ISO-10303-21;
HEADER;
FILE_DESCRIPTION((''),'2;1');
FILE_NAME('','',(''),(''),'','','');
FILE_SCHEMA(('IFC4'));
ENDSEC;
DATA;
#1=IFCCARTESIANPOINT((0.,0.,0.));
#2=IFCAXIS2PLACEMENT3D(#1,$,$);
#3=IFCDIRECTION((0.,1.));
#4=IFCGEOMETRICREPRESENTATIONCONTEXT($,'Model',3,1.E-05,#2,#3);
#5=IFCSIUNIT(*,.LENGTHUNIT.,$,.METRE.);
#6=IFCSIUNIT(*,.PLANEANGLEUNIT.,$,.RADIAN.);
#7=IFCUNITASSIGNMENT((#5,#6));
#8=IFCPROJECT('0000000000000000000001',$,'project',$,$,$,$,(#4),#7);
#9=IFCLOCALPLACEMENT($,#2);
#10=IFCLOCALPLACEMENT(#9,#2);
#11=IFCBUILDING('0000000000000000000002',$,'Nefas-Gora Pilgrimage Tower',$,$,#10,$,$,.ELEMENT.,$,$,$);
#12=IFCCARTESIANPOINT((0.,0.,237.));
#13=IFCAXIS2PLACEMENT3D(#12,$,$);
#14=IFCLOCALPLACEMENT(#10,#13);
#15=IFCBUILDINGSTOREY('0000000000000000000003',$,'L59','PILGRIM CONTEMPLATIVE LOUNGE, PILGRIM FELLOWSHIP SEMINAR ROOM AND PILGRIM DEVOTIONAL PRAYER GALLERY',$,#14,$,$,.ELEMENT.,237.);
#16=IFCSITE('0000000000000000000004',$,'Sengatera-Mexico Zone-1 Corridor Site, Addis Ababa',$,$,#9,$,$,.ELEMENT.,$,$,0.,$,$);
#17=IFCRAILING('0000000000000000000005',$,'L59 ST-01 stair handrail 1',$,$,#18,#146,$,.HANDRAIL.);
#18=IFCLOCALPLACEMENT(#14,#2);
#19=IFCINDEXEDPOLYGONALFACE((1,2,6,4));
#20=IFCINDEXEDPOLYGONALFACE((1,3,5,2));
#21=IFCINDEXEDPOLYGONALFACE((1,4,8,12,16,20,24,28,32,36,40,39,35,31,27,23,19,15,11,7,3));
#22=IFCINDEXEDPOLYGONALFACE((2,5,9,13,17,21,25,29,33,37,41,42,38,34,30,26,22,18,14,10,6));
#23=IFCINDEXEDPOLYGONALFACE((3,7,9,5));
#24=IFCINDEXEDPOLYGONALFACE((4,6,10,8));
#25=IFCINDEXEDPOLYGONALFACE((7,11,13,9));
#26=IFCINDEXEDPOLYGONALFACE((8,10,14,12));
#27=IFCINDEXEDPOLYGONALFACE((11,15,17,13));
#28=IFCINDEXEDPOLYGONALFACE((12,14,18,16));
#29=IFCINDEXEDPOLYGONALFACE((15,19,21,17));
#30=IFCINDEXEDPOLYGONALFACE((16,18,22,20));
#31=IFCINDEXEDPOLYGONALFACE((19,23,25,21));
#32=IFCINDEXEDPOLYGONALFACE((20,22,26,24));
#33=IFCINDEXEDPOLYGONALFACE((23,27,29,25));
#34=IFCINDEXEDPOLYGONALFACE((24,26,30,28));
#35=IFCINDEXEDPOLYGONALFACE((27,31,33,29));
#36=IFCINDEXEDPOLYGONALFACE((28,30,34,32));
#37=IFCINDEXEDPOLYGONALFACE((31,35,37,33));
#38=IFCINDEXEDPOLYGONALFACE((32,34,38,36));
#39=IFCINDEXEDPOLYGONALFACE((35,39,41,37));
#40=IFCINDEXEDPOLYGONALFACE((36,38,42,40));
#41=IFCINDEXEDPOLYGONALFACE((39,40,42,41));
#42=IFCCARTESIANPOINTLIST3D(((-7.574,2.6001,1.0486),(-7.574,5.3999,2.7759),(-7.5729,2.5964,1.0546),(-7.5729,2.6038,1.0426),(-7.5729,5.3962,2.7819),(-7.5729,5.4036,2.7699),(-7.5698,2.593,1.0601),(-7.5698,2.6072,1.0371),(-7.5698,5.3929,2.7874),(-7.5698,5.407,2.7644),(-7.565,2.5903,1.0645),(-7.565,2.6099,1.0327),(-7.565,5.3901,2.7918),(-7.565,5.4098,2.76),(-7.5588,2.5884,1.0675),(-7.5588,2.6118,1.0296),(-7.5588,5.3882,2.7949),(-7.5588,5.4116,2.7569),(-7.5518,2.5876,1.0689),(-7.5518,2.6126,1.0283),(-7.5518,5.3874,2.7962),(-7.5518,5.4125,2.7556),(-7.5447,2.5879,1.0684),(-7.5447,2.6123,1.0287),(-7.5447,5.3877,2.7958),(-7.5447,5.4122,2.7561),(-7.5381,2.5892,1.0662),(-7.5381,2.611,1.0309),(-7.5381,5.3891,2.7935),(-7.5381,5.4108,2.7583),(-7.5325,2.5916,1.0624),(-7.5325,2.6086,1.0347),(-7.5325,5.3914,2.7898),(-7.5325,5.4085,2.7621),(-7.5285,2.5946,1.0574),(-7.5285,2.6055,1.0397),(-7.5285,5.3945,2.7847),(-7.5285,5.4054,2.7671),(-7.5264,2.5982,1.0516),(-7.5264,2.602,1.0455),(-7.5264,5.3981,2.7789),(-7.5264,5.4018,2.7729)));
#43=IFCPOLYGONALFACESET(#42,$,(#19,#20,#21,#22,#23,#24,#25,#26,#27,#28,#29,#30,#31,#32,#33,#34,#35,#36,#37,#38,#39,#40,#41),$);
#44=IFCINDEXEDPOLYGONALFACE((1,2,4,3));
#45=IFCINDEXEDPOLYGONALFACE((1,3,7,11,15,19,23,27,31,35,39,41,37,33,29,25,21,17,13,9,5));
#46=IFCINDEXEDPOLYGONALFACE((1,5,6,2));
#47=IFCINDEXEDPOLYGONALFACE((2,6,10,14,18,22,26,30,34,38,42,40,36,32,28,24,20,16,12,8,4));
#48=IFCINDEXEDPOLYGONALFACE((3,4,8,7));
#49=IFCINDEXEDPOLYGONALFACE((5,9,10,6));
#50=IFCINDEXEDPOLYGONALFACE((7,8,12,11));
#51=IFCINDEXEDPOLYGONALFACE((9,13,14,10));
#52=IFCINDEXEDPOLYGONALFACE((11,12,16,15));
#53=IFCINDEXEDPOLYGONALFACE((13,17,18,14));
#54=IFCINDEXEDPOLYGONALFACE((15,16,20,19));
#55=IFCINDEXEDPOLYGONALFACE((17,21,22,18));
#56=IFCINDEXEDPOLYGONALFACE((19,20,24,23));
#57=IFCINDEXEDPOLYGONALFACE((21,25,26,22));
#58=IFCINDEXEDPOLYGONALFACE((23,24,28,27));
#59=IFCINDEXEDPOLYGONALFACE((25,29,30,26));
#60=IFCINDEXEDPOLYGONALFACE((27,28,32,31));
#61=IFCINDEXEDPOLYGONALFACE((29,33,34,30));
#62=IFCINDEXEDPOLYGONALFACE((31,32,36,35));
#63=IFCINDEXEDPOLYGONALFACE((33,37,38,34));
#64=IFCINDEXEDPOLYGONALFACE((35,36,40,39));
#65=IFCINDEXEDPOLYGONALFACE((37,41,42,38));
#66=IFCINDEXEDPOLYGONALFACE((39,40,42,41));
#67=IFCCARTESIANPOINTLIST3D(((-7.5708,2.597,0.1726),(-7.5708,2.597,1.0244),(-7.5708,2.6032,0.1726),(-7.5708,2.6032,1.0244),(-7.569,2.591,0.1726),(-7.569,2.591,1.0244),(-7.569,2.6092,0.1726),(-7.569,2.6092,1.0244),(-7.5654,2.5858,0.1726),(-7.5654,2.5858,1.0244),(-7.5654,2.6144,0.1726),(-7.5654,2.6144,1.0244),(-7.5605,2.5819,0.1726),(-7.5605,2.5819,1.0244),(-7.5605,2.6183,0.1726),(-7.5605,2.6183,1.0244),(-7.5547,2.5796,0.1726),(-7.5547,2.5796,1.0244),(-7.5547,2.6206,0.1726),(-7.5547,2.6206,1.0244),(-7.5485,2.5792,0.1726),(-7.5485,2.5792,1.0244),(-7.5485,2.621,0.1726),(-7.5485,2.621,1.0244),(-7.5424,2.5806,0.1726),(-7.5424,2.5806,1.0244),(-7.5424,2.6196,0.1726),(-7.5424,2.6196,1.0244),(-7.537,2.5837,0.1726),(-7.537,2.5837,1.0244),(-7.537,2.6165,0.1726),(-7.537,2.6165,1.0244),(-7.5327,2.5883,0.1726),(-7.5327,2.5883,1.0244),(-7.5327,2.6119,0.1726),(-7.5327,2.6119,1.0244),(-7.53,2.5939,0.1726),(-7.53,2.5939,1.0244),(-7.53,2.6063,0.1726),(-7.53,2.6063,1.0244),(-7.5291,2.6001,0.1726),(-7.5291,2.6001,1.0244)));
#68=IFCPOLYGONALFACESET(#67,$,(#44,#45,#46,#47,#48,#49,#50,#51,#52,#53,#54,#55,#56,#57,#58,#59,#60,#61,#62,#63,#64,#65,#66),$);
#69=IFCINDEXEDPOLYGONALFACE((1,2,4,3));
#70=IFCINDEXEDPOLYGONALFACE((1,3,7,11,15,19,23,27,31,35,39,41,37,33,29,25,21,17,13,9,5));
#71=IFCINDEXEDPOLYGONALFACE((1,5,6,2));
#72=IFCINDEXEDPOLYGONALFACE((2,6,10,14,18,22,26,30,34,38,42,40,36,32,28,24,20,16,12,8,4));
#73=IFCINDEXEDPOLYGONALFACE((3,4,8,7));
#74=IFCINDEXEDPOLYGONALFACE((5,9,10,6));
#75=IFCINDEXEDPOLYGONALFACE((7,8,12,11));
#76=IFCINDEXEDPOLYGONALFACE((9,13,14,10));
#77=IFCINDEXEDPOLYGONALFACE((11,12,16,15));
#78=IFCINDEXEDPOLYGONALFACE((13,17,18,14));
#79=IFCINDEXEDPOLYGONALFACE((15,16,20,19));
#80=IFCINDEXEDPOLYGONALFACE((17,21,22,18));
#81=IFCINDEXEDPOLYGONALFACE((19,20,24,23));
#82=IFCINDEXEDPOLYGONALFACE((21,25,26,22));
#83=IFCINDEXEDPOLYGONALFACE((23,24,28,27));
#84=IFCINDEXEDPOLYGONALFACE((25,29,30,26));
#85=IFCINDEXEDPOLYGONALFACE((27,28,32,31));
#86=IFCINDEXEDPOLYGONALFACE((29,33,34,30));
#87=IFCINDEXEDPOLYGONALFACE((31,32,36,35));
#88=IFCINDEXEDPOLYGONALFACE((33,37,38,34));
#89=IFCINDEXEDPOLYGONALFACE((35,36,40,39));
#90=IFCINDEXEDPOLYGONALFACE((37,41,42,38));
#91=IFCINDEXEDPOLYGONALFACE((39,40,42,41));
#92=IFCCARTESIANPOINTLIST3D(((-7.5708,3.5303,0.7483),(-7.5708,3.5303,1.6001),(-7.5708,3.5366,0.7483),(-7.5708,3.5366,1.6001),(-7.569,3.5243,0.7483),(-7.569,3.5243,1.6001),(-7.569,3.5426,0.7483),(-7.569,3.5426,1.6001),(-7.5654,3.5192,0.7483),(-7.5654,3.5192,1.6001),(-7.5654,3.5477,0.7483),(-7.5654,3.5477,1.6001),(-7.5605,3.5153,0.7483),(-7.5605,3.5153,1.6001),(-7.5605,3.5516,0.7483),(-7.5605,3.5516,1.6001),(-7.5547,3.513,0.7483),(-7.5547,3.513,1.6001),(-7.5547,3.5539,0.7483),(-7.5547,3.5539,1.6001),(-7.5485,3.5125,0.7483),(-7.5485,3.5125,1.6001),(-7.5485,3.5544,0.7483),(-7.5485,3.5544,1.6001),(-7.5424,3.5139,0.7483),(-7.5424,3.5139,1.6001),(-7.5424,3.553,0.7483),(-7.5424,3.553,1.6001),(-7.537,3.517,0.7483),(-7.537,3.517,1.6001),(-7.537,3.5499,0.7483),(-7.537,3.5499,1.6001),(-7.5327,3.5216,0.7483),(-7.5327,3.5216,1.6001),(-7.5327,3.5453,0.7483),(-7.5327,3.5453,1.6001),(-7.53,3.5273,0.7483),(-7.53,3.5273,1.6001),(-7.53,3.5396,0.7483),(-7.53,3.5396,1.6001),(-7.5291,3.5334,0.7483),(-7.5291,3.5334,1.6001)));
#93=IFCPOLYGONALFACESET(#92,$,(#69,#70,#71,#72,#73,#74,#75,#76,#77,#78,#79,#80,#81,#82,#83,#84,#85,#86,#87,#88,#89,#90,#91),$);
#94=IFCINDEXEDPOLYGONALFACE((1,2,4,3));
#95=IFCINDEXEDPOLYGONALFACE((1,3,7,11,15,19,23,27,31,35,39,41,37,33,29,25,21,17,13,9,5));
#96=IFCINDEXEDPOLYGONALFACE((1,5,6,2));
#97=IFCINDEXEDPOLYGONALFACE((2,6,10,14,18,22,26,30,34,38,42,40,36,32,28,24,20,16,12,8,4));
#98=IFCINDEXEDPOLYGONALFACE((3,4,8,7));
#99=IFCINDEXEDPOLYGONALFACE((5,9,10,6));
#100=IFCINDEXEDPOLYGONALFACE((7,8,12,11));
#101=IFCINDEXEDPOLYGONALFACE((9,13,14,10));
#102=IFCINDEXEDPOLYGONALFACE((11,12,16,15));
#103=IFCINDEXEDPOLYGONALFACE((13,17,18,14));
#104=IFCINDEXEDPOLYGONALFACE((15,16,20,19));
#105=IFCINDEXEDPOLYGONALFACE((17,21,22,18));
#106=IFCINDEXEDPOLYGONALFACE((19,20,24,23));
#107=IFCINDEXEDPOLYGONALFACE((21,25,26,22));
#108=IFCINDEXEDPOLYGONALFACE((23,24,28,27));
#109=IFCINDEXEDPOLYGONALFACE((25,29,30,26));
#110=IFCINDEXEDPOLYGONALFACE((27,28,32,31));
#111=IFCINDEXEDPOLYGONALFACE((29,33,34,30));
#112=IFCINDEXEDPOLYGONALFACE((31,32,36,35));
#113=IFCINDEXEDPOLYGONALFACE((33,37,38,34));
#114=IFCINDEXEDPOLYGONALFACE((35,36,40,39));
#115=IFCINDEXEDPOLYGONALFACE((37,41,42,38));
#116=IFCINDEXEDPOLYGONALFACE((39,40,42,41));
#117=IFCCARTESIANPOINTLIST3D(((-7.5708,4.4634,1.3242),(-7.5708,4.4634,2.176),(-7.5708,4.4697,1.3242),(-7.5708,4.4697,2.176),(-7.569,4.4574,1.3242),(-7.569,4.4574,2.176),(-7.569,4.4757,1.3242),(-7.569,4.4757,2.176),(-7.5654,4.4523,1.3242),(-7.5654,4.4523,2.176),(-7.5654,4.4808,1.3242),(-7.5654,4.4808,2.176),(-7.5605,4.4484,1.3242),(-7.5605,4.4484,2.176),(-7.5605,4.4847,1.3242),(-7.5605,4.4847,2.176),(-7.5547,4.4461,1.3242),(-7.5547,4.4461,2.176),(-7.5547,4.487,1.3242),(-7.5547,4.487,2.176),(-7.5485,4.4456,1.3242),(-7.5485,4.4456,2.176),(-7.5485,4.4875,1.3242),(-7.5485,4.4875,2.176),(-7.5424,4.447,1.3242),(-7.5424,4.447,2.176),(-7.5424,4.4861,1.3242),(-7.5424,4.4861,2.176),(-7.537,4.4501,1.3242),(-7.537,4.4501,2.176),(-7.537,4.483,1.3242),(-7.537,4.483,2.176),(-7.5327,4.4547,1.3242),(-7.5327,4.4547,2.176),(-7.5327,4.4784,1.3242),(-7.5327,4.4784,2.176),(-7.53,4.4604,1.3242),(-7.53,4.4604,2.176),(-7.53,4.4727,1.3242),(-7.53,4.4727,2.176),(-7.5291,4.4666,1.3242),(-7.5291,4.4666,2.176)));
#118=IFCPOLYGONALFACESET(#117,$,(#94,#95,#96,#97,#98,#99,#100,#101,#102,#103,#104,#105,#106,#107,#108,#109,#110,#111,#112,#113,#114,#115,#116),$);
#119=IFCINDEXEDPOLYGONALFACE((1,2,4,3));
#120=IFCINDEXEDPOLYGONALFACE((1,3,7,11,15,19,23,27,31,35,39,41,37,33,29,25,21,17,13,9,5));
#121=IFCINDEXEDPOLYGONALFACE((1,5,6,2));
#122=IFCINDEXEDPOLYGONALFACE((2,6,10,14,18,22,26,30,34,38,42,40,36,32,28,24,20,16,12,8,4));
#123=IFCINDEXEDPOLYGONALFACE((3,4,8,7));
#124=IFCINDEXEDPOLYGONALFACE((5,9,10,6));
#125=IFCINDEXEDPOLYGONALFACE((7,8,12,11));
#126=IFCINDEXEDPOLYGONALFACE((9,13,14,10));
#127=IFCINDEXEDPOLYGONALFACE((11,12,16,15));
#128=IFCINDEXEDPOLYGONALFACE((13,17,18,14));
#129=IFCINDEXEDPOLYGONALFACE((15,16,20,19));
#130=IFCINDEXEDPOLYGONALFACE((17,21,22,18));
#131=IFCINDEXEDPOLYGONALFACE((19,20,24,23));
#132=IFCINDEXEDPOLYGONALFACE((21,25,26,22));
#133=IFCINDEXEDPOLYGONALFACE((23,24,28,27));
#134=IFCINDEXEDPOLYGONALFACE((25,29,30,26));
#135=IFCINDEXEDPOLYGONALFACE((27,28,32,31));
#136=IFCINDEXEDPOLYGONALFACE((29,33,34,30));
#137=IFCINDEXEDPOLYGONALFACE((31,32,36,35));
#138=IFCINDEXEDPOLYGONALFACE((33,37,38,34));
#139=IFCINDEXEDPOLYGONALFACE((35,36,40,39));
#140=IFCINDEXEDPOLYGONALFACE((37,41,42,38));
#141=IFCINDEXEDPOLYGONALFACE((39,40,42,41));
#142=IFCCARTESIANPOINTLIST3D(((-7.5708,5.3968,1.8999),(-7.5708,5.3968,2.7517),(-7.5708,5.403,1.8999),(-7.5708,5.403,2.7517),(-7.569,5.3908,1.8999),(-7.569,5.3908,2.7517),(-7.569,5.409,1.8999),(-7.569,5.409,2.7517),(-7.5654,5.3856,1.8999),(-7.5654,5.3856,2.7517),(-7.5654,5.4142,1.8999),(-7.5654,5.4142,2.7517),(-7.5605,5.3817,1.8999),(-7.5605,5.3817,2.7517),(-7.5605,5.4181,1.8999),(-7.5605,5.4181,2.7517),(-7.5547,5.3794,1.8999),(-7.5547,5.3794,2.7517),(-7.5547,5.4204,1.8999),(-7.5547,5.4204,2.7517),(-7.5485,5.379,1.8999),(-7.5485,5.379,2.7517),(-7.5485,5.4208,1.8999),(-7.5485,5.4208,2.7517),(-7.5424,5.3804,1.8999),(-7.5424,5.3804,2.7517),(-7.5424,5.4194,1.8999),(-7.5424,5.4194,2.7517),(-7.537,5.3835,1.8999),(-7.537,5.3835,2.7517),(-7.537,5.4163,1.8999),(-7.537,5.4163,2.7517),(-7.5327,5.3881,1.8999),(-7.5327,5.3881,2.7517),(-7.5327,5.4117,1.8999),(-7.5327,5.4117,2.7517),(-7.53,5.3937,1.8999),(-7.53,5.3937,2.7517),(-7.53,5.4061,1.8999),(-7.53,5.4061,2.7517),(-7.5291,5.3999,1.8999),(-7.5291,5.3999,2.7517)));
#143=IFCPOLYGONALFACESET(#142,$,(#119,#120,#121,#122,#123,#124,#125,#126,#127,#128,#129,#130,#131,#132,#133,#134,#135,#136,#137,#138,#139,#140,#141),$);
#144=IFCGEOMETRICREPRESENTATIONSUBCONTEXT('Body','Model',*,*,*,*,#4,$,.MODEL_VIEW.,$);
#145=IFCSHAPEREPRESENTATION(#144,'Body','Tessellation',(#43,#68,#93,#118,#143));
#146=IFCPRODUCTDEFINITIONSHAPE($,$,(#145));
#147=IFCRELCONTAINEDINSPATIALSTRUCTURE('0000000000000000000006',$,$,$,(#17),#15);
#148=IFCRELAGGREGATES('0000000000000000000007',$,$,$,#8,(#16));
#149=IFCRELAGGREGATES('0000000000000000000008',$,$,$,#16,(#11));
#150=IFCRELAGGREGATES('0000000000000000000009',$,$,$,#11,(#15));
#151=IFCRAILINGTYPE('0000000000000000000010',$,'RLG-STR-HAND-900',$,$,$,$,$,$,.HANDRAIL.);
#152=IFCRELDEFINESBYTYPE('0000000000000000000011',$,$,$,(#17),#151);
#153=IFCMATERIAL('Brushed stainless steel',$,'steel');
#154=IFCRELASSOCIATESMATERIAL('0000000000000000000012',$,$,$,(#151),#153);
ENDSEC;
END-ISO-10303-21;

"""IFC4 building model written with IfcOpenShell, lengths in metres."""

from ifc_helpers import new_model, si_unit, direction, frame, origin, origin_2d, place, context, subcontext, project, spatial, circle, extrude, material, type_object, element, save


model = new_model("IFC4")

# Units and contexts
model_context = context("Model", 3, precision=1e-05, world=origin(), true_north=direction((0.0, 1.0)))
body_context = subcontext(model_context, "Body", "Model", "MODEL_VIEW")
ifc_project = project(units=[si_unit("LENGTHUNIT", "METRE"), si_unit("PLANEANGLEUNIT", "RADIAN")], contexts=[model_context])

# Site, building, storey
site_placement = place(None, origin())
site = spatial("IfcSite", under=ifc_project, at=site_placement, Name="Sengatera-Mexico Zone-1 Corridor Site, Addis Ababa", CompositionType="ELEMENT", RefElevation=0.0)
building_placement = place(site_placement, origin())
building = spatial("IfcBuilding", under=site, at=building_placement, Name="Nefas-Gora Pilgrimage Tower", CompositionType="ELEMENT")
storey_placement = place(building_placement, frame((0.0, 0.0, 237.0)))
storey = spatial("IfcBuildingStorey", under=building, at=storey_placement, Name="L59", Description="PILGRIM CONTEMPLATIVE LOUNGE, PILGRIM FELLOWSHIP SEMINAR ROOM AND PILGRIM DEVOTIONAL PRAYER GALLERY", CompositionType="ELEMENT", Elevation=237.0)

# Railing
ifc_material_1 = material(Name="Brushed stainless steel", Category="steel")
railing_type_1 = type_object("IfcRailingType", Name="RLG-STR-HAND-900", PredefinedType="HANDRAIL", material=ifc_material_1)
railing_1_placement = place(storey_placement, frame((-7.55, 2.6001, 0.1726)))
element("IfcRailing", 1, at=railing_1_placement, inside=storey, type_object=railing_type_1, Name="L59 ST-01 stair handrail 1", PredefinedType="HANDRAIL", context=body_context, shape_type="SweptSolid", body=[
    extrude(circle(Radius=0.0239, at=origin_2d()), frame((0.0, 0.0, 0.876), z_axis=(0.0, 0.851069, 0.525054), x_axis=(-1.0, 0.0, 0.0)), (0.0, 0.0, 1.0), 3.2898),
    extrude(circle(Radius=0.021, at=origin_2d()), origin(), (0.0, 0.0, 1.0), 0.8518),
    extrude(circle(Radius=0.021, at=origin_2d()), frame((0.0, 0.9333, 0.5757)), (0.0, 0.0, 1.0), 0.8518),
    extrude(circle(Radius=0.021, at=origin_2d()), frame((0.0, 1.8665, 1.1516)), (0.0, 0.0, 1.0), 0.8518),
    extrude(circle(Radius=0.021, at=origin_2d()), frame((0.0, 2.7998, 1.7273)), (0.0, 0.0, 1.0), 0.8518),
])

save(model, "model.ifc")
